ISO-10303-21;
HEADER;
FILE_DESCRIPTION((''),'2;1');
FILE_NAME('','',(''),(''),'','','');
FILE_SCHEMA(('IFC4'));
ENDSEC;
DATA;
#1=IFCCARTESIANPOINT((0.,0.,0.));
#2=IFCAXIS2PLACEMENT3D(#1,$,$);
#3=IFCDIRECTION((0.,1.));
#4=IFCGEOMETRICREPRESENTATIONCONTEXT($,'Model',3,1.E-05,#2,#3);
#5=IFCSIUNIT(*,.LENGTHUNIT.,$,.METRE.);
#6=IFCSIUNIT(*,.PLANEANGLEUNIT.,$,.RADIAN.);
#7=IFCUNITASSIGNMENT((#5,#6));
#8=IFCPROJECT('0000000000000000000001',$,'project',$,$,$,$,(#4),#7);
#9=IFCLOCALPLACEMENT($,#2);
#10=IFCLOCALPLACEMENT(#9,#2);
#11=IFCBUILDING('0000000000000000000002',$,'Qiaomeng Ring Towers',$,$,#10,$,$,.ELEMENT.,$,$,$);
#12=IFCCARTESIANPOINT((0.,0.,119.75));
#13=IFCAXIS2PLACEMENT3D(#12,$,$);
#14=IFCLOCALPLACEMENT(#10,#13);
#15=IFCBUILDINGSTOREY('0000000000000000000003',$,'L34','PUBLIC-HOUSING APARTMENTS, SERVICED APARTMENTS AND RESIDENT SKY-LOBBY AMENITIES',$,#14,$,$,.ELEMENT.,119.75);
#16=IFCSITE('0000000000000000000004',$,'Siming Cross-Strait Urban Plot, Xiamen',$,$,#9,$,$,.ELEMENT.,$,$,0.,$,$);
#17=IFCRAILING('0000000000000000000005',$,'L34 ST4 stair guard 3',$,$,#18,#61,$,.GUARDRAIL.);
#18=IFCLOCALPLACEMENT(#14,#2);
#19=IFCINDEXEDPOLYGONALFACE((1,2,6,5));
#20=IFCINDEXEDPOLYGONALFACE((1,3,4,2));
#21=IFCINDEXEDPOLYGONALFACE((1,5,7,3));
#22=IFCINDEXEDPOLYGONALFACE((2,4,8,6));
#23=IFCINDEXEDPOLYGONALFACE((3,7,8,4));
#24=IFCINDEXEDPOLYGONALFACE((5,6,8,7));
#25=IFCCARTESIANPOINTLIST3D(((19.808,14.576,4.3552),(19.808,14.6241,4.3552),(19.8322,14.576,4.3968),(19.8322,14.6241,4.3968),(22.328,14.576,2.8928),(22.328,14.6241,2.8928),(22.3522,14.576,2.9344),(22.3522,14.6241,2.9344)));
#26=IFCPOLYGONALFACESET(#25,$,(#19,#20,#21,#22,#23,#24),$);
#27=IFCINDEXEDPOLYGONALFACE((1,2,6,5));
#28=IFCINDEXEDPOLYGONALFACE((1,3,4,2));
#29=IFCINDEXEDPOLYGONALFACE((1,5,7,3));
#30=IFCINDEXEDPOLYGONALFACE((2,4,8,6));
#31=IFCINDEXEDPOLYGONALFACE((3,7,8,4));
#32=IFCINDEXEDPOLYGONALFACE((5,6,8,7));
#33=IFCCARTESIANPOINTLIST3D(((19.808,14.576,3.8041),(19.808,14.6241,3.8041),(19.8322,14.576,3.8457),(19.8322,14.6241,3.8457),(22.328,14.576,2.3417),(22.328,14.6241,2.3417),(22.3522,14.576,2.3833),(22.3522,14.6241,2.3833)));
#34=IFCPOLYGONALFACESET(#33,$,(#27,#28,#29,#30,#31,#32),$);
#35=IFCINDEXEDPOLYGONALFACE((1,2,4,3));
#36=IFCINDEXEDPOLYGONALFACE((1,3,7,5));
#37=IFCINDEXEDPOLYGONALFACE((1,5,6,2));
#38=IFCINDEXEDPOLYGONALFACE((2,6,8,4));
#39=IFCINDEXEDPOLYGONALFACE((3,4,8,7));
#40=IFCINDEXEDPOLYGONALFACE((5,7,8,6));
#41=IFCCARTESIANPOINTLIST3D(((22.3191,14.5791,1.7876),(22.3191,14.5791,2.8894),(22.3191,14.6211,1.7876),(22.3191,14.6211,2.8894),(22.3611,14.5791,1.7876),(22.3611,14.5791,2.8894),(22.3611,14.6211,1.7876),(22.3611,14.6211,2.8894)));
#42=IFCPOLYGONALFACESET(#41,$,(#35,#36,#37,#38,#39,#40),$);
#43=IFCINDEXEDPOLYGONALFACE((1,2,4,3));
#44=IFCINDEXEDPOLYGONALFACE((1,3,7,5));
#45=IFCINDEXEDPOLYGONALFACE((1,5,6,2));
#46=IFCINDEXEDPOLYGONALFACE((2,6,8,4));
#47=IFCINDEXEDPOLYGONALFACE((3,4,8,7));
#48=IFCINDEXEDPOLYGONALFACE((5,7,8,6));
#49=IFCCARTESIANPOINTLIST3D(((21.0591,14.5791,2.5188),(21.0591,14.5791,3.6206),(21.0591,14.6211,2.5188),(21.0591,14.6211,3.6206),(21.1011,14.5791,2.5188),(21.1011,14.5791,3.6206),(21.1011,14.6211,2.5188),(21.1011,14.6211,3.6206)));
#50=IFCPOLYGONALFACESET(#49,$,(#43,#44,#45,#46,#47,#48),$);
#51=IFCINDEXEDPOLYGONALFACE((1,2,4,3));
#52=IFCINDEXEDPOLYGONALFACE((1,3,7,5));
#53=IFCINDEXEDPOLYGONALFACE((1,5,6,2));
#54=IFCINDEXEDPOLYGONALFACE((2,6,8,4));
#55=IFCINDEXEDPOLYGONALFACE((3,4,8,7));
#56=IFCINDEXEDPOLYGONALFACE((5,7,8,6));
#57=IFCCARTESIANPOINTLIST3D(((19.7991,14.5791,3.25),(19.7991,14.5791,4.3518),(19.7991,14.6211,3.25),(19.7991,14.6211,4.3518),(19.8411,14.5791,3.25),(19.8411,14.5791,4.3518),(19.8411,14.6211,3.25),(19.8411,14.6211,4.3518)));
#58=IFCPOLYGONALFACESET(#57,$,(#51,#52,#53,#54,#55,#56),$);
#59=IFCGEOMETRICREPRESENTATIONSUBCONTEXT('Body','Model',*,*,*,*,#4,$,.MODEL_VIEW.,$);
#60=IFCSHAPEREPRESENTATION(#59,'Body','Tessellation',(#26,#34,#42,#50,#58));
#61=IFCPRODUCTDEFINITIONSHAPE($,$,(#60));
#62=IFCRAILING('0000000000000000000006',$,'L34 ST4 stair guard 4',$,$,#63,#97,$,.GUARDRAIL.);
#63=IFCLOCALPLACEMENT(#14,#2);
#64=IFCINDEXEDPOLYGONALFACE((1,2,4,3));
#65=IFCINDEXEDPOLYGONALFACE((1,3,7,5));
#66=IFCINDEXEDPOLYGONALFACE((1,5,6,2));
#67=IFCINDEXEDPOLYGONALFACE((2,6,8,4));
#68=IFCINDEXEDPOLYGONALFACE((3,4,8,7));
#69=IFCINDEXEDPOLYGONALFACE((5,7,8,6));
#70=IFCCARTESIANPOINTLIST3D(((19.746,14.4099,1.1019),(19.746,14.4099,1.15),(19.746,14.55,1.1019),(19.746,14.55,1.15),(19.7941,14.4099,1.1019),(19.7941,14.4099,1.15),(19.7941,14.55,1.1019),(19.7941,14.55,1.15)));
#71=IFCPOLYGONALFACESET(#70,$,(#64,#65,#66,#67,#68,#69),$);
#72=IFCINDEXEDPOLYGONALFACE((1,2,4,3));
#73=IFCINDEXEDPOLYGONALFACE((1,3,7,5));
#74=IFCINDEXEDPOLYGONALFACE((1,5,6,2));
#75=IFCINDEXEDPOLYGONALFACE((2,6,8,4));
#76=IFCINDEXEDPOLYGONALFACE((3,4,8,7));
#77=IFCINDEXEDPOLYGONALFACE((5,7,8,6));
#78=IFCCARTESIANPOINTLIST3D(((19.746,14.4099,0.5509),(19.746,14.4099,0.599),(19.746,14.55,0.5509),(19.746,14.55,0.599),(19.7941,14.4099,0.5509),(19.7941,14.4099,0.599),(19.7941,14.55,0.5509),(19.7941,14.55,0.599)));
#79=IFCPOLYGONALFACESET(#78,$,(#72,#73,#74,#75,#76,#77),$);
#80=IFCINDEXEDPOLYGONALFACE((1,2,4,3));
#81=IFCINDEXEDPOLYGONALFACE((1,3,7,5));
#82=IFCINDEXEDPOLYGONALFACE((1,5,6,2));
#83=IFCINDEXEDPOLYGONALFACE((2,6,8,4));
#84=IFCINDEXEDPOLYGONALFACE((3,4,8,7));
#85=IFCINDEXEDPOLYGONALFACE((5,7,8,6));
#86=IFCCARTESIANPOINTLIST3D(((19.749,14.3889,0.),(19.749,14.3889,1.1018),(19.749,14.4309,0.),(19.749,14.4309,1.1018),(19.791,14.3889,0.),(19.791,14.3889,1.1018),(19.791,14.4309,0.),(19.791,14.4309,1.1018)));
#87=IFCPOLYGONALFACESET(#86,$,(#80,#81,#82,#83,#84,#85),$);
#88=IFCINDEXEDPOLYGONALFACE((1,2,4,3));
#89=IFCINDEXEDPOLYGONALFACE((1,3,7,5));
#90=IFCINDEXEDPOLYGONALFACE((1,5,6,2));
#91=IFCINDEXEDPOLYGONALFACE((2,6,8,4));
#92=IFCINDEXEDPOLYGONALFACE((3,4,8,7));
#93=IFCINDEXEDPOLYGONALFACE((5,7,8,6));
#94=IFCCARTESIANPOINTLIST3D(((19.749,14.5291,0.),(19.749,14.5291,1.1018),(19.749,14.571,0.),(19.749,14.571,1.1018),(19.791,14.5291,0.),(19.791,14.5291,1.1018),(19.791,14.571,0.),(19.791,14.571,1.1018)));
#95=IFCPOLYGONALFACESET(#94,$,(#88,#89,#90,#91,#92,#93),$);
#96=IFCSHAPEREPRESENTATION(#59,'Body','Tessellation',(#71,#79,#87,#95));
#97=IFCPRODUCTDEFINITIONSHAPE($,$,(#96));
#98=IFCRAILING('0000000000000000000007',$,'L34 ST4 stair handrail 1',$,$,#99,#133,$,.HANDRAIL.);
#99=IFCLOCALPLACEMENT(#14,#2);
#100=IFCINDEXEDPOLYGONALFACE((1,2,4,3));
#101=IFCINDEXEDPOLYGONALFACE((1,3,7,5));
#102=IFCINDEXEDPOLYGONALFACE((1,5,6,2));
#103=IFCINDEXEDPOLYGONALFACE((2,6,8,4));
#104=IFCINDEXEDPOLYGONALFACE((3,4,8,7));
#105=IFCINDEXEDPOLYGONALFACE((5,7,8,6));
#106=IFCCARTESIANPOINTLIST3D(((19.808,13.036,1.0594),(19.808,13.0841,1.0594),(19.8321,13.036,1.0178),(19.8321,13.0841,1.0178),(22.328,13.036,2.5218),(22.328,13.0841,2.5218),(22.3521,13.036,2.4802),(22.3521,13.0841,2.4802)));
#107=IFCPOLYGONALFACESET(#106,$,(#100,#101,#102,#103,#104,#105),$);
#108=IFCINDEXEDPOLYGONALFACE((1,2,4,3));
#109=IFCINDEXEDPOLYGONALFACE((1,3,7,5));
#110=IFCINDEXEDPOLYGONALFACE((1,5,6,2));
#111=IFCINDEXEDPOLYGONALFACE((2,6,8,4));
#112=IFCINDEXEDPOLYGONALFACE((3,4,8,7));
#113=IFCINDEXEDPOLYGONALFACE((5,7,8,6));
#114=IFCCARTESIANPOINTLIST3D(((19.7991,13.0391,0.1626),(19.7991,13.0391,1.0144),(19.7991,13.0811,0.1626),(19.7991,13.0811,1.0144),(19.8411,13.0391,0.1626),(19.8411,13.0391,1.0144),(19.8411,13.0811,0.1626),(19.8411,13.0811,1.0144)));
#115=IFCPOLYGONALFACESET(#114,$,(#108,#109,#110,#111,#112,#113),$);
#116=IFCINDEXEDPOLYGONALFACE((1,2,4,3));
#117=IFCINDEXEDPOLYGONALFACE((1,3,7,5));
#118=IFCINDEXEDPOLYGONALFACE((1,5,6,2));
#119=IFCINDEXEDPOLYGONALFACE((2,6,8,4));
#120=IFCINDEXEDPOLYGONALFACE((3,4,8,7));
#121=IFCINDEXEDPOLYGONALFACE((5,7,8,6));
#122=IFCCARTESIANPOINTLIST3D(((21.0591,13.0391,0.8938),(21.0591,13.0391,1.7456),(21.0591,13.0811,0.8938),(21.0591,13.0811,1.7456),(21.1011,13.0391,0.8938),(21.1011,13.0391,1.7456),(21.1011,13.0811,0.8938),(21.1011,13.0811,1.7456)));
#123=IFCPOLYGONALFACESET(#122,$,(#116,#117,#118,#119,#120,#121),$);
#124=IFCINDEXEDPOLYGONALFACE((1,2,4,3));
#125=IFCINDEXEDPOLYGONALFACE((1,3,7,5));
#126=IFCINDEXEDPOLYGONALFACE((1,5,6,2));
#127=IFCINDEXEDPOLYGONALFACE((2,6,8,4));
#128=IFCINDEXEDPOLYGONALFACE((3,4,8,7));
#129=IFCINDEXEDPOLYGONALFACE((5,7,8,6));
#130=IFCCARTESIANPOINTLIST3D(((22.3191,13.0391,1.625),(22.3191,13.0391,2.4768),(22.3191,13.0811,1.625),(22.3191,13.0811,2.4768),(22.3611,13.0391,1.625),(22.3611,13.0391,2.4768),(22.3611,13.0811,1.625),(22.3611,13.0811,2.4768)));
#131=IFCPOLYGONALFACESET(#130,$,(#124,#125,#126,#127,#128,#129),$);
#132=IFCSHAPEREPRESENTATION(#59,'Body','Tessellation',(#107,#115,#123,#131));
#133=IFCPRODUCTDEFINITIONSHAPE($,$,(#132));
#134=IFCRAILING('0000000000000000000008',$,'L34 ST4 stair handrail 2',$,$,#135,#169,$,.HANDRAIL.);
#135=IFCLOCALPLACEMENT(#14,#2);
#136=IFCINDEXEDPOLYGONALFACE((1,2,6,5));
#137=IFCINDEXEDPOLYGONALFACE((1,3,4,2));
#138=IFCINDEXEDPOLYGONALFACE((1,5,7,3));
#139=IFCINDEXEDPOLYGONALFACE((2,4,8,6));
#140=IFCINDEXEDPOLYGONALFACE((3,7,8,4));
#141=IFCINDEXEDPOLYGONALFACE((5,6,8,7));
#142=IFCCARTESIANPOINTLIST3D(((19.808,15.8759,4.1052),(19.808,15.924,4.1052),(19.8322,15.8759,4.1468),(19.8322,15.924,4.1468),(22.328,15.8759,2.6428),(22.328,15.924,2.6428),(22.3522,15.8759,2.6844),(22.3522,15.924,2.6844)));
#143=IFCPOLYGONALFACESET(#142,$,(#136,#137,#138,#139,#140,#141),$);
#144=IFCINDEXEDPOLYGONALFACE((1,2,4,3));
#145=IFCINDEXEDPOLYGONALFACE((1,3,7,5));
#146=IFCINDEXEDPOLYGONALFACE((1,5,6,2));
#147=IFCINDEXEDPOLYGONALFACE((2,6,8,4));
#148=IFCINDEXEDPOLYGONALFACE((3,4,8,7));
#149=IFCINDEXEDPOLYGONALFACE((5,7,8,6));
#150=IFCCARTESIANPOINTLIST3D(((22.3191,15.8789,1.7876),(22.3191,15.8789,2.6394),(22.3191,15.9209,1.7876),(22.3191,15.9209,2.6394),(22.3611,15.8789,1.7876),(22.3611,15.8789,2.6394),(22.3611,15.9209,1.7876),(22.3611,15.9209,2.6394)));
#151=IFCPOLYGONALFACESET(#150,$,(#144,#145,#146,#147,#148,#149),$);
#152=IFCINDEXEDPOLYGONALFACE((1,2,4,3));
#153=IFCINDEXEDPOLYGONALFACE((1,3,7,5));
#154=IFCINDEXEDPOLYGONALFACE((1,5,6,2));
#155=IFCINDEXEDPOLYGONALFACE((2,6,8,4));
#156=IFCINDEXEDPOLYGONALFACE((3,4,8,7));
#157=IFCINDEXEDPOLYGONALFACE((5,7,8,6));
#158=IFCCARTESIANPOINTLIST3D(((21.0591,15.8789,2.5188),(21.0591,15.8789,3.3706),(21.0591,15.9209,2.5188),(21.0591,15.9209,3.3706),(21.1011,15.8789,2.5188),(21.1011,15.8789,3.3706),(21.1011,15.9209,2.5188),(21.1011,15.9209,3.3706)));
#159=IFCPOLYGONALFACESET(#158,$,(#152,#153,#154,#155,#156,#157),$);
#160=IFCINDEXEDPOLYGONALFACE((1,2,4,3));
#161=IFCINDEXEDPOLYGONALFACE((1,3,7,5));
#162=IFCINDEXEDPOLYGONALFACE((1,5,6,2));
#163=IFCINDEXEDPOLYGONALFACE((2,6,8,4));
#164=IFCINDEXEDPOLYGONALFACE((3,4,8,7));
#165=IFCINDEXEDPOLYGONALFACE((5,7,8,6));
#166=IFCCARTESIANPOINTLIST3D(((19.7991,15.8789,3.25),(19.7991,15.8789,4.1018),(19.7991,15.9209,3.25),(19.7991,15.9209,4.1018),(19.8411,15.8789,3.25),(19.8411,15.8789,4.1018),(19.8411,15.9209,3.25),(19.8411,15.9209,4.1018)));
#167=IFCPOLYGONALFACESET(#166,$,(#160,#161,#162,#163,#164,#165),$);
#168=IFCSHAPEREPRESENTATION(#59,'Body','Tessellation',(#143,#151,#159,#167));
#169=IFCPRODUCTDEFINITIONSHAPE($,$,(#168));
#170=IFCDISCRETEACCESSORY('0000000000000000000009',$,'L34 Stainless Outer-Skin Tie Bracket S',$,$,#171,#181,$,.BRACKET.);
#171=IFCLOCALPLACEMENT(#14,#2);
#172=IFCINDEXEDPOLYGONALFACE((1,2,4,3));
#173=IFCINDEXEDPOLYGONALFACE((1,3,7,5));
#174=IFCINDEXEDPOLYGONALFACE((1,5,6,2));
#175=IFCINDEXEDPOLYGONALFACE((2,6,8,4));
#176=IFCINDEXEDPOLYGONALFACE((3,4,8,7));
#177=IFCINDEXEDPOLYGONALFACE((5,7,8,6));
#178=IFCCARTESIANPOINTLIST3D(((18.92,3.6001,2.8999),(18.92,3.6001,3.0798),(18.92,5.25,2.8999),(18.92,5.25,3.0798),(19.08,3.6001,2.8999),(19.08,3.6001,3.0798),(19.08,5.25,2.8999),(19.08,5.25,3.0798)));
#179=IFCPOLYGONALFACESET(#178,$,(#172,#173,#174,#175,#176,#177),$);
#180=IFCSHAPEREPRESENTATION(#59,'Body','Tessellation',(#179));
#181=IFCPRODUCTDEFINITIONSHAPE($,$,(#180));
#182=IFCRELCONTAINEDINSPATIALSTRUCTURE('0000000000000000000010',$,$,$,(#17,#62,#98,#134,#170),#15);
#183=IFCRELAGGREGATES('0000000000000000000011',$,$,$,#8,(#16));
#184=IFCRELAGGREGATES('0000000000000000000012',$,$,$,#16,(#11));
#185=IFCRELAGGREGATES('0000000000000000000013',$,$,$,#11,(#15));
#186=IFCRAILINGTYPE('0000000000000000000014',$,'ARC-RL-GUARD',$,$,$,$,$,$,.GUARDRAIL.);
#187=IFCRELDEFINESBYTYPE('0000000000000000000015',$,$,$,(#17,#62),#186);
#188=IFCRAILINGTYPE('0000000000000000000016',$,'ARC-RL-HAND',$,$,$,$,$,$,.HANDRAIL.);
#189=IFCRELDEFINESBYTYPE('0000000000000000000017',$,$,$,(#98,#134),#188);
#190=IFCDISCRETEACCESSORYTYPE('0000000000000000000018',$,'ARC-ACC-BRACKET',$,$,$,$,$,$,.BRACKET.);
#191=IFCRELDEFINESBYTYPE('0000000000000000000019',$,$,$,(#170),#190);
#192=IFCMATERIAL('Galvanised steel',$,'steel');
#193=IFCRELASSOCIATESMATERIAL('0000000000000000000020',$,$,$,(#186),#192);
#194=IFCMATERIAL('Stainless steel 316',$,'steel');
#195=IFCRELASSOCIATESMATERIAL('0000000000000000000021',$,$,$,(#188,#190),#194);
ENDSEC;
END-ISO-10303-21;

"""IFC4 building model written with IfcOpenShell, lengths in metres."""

from ifc_helpers import new_model, si_unit, direction, frame, origin, origin_2d, place, context, subcontext, project, spatial, rectangle, extrude, source, transform, mapped, material, type_object, element, save


model = new_model("IFC4")

# Units and contexts
model_context = context("Model", 3, precision=1e-05, world=origin(), true_north=direction((0.0, 1.0)))
body_context = subcontext(model_context, "Body", "Model", "MODEL_VIEW")
ifc_project = project(units=[si_unit("LENGTHUNIT", "METRE"), si_unit("PLANEANGLEUNIT", "RADIAN")], contexts=[model_context])

# Site, building, storey
site_placement = place(None, origin())
site = spatial("IfcSite", under=ifc_project, at=site_placement, Name="Siming Cross-Strait Urban Plot, Xiamen", CompositionType="ELEMENT", RefElevation=0.0)
building_placement = place(site_placement, origin())
building = spatial("IfcBuilding", under=site, at=building_placement, Name="Qiaomeng Ring Towers", CompositionType="ELEMENT")
storey_placement = place(building_placement, frame((0.0, 0.0, 119.75)))
storey = spatial("IfcBuildingStorey", under=building, at=storey_placement, Name="L34", Description="PUBLIC-HOUSING APARTMENTS, SERVICED APARTMENTS AND RESIDENT SKY-LOBBY AMENITIES", CompositionType="ELEMENT", Elevation=119.75)

# Shared definitions
ifc_material_1 = material(Name="Galvanised steel", Category="steel")

# Railings
railing_type_1 = type_object("IfcRailingType", Name="ARC-RL-GUARD", PredefinedType="GUARDRAIL", material=ifc_material_1)
railing_1_placement = place(storey_placement, frame((22.3401, 14.6001, 1.7876)))
element("IfcRailing", 1, at=railing_1_placement, inside=storey, type_object=railing_type_1, Name="L34 ST4 stair guard 3", PredefinedType="GUARDRAIL", context=body_context, shape_type="SweptSolid", body=[
    extrude(rectangle(XDim=0.0481, YDim=0.0481, at=origin_2d()), frame((0.0, 0.0, 1.126), z_axis=(-0.864913, 0.0, 0.501921), x_axis=(0.0, -1.0, 0.0)), (0.0, 0.0, 1.0), 2.9136),
    extrude(rectangle(XDim=0.0481, YDim=0.0481, at=origin_2d()), frame((0.0, 0.0, 0.575), z_axis=(-0.864913, 0.0, 0.501921), x_axis=(0.0, -1.0, 0.0)), (0.0, 0.0, 1.0), 2.9136),
    extrude(rectangle(XDim=0.042, YDim=0.042, at=origin_2d()), origin(), (0.0, 0.0, 1.0), 1.1018),
    extrude(rectangle(XDim=0.042, YDim=0.042, at=origin_2d()), frame((-1.26, 0.0, 0.7312)), (0.0, 0.0, 1.0), 1.1018),
    extrude(rectangle(XDim=0.042, YDim=0.042, at=origin_2d()), frame((-2.52, 0.0, 1.4624)), (0.0, 0.0, 1.0), 1.1018),
])
railing_2_placement = place(storey_placement, frame((19.77, 14.4099, 0.0)))
element("IfcRailing", 2, at=railing_2_placement, inside=storey, type_object=railing_type_1, Name="L34 ST4 stair guard 4", PredefinedType="GUARDRAIL", context=body_context, shape_type="SweptSolid", body=[
    extrude(rectangle(XDim=0.0481, YDim=0.0481, at=origin_2d()), frame((0.0, 0.0, 1.126), z_axis=(0.0, 1.0, 0.0), x_axis=(-1.0, 0.0, 0.0)), (0.0, 0.0, 1.0), 0.1401),
    extrude(rectangle(XDim=0.0481, YDim=0.0481, at=origin_2d()), frame((0.0, 0.0, 0.575), z_axis=(0.0, 1.0, 0.0), x_axis=(-1.0, 0.0, 0.0)), (0.0, 0.0, 1.0), 0.1401),
    extrude(rectangle(XDim=0.042, YDim=0.042, at=origin_2d()), origin(), (0.0, 0.0, 1.0), 1.1018),
    extrude(rectangle(XDim=0.042, YDim=0.042, at=origin_2d()), frame((0.0, 0.1401, 0.0)), (0.0, 0.0, 1.0), 1.1018),
])
ifc_material_2 = material(Name="Stainless steel 316", Category="steel")
railing_type_2 = type_object("IfcRailingType", Name="ARC-RL-HAND", PredefinedType="HANDRAIL", material=ifc_material_2)
railing_3_placement = place(storey_placement, frame((19.8201, 13.0601, 0.1626)))
element("IfcRailing", 3, at=railing_3_placement, inside=storey, type_object=railing_type_2, Name="L34 ST4 stair handrail 1", PredefinedType="HANDRAIL", context=body_context, shape_type="SweptSolid", body=[
    extrude(rectangle(XDim=0.0481, YDim=0.0481, at=origin_2d()), frame((0.0, 0.0, 0.876), z_axis=(0.864913, 0.0, 0.501921), x_axis=(0.0, 1.0, 0.0)), (0.0, 0.0, 1.0), 2.9136),
    extrude(rectangle(XDim=0.042, YDim=0.042, at=origin_2d()), origin(), (0.0, 0.0, 1.0), 0.8518),
    extrude(rectangle(XDim=0.042, YDim=0.042, at=origin_2d()), frame((1.26, 0.0, 0.7312)), (0.0, 0.0, 1.0), 0.8518),
    extrude(rectangle(XDim=0.042, YDim=0.042, at=origin_2d()), frame((2.52, 0.0, 1.4624)), (0.0, 0.0, 1.0), 0.8518),
])
railing_4_placement = place(storey_placement, frame((22.3401, 15.8999, 1.7876)))
element("IfcRailing", 4, at=railing_4_placement, inside=storey, type_object=railing_type_2, Name="L34 ST4 stair handrail 2", PredefinedType="HANDRAIL", context=body_context, shape_type="SweptSolid", body=[
    extrude(rectangle(XDim=0.0481, YDim=0.0481, at=origin_2d()), frame((0.0, 0.0, 0.876), z_axis=(-0.864913, 0.0, 0.501921), x_axis=(0.0, -1.0, 0.0)), (0.0, 0.0, 1.0), 2.9136),
    extrude(rectangle(XDim=0.042, YDim=0.042, at=origin_2d()), origin(), (0.0, 0.0, 1.0), 0.8518),
    extrude(rectangle(XDim=0.042, YDim=0.042, at=origin_2d()), frame((-1.26, 0.0, 0.7312)), (0.0, 0.0, 1.0), 0.8518),
    extrude(rectangle(XDim=0.042, YDim=0.042, at=origin_2d()), frame((-2.52, 0.0, 1.4624)), (0.0, 0.0, 1.0), 0.8518),
])

# Discrete accessory
discrete_accessory_type = type_object("IfcDiscreteAccessoryType", Name="ARC-ACC-BRACKET", PredefinedType="BRACKET", material=ifc_material_2)
shared_shape_1 = source(origin(), body_context, "Body", "SweptSolid", [
    extrude(rectangle(XDim=0.1599, YDim=1.6499, at=origin_2d()), origin(), (0.0, 0.0, 1.0), 0.1799),
])
discrete_accessory_placement = place(storey_placement, frame((19.0, 4.425, 2.8999), z_axis=(0.0, 0.0, 1.0), x_axis=(1.0, 0.0, 0.0)))
element("IfcDiscreteAccessory", 5, at=discrete_accessory_placement, inside=storey, type_object=discrete_accessory_type, Name="L34 Stainless Outer-Skin Tie Bracket S", PredefinedType="BRACKET", context=body_context, shape_type="MappedRepresentation", body=[
    mapped(shared_shape_1, transform((0.0, 0.0, 0.0), x_axis=(1.0, 0.0, 0.0), y_axis=(0.0, 1.0, 0.0), z_axis=(0.0, 0.0, 1.0), scale=1.0)),
])

save(model, "model.ifc")
